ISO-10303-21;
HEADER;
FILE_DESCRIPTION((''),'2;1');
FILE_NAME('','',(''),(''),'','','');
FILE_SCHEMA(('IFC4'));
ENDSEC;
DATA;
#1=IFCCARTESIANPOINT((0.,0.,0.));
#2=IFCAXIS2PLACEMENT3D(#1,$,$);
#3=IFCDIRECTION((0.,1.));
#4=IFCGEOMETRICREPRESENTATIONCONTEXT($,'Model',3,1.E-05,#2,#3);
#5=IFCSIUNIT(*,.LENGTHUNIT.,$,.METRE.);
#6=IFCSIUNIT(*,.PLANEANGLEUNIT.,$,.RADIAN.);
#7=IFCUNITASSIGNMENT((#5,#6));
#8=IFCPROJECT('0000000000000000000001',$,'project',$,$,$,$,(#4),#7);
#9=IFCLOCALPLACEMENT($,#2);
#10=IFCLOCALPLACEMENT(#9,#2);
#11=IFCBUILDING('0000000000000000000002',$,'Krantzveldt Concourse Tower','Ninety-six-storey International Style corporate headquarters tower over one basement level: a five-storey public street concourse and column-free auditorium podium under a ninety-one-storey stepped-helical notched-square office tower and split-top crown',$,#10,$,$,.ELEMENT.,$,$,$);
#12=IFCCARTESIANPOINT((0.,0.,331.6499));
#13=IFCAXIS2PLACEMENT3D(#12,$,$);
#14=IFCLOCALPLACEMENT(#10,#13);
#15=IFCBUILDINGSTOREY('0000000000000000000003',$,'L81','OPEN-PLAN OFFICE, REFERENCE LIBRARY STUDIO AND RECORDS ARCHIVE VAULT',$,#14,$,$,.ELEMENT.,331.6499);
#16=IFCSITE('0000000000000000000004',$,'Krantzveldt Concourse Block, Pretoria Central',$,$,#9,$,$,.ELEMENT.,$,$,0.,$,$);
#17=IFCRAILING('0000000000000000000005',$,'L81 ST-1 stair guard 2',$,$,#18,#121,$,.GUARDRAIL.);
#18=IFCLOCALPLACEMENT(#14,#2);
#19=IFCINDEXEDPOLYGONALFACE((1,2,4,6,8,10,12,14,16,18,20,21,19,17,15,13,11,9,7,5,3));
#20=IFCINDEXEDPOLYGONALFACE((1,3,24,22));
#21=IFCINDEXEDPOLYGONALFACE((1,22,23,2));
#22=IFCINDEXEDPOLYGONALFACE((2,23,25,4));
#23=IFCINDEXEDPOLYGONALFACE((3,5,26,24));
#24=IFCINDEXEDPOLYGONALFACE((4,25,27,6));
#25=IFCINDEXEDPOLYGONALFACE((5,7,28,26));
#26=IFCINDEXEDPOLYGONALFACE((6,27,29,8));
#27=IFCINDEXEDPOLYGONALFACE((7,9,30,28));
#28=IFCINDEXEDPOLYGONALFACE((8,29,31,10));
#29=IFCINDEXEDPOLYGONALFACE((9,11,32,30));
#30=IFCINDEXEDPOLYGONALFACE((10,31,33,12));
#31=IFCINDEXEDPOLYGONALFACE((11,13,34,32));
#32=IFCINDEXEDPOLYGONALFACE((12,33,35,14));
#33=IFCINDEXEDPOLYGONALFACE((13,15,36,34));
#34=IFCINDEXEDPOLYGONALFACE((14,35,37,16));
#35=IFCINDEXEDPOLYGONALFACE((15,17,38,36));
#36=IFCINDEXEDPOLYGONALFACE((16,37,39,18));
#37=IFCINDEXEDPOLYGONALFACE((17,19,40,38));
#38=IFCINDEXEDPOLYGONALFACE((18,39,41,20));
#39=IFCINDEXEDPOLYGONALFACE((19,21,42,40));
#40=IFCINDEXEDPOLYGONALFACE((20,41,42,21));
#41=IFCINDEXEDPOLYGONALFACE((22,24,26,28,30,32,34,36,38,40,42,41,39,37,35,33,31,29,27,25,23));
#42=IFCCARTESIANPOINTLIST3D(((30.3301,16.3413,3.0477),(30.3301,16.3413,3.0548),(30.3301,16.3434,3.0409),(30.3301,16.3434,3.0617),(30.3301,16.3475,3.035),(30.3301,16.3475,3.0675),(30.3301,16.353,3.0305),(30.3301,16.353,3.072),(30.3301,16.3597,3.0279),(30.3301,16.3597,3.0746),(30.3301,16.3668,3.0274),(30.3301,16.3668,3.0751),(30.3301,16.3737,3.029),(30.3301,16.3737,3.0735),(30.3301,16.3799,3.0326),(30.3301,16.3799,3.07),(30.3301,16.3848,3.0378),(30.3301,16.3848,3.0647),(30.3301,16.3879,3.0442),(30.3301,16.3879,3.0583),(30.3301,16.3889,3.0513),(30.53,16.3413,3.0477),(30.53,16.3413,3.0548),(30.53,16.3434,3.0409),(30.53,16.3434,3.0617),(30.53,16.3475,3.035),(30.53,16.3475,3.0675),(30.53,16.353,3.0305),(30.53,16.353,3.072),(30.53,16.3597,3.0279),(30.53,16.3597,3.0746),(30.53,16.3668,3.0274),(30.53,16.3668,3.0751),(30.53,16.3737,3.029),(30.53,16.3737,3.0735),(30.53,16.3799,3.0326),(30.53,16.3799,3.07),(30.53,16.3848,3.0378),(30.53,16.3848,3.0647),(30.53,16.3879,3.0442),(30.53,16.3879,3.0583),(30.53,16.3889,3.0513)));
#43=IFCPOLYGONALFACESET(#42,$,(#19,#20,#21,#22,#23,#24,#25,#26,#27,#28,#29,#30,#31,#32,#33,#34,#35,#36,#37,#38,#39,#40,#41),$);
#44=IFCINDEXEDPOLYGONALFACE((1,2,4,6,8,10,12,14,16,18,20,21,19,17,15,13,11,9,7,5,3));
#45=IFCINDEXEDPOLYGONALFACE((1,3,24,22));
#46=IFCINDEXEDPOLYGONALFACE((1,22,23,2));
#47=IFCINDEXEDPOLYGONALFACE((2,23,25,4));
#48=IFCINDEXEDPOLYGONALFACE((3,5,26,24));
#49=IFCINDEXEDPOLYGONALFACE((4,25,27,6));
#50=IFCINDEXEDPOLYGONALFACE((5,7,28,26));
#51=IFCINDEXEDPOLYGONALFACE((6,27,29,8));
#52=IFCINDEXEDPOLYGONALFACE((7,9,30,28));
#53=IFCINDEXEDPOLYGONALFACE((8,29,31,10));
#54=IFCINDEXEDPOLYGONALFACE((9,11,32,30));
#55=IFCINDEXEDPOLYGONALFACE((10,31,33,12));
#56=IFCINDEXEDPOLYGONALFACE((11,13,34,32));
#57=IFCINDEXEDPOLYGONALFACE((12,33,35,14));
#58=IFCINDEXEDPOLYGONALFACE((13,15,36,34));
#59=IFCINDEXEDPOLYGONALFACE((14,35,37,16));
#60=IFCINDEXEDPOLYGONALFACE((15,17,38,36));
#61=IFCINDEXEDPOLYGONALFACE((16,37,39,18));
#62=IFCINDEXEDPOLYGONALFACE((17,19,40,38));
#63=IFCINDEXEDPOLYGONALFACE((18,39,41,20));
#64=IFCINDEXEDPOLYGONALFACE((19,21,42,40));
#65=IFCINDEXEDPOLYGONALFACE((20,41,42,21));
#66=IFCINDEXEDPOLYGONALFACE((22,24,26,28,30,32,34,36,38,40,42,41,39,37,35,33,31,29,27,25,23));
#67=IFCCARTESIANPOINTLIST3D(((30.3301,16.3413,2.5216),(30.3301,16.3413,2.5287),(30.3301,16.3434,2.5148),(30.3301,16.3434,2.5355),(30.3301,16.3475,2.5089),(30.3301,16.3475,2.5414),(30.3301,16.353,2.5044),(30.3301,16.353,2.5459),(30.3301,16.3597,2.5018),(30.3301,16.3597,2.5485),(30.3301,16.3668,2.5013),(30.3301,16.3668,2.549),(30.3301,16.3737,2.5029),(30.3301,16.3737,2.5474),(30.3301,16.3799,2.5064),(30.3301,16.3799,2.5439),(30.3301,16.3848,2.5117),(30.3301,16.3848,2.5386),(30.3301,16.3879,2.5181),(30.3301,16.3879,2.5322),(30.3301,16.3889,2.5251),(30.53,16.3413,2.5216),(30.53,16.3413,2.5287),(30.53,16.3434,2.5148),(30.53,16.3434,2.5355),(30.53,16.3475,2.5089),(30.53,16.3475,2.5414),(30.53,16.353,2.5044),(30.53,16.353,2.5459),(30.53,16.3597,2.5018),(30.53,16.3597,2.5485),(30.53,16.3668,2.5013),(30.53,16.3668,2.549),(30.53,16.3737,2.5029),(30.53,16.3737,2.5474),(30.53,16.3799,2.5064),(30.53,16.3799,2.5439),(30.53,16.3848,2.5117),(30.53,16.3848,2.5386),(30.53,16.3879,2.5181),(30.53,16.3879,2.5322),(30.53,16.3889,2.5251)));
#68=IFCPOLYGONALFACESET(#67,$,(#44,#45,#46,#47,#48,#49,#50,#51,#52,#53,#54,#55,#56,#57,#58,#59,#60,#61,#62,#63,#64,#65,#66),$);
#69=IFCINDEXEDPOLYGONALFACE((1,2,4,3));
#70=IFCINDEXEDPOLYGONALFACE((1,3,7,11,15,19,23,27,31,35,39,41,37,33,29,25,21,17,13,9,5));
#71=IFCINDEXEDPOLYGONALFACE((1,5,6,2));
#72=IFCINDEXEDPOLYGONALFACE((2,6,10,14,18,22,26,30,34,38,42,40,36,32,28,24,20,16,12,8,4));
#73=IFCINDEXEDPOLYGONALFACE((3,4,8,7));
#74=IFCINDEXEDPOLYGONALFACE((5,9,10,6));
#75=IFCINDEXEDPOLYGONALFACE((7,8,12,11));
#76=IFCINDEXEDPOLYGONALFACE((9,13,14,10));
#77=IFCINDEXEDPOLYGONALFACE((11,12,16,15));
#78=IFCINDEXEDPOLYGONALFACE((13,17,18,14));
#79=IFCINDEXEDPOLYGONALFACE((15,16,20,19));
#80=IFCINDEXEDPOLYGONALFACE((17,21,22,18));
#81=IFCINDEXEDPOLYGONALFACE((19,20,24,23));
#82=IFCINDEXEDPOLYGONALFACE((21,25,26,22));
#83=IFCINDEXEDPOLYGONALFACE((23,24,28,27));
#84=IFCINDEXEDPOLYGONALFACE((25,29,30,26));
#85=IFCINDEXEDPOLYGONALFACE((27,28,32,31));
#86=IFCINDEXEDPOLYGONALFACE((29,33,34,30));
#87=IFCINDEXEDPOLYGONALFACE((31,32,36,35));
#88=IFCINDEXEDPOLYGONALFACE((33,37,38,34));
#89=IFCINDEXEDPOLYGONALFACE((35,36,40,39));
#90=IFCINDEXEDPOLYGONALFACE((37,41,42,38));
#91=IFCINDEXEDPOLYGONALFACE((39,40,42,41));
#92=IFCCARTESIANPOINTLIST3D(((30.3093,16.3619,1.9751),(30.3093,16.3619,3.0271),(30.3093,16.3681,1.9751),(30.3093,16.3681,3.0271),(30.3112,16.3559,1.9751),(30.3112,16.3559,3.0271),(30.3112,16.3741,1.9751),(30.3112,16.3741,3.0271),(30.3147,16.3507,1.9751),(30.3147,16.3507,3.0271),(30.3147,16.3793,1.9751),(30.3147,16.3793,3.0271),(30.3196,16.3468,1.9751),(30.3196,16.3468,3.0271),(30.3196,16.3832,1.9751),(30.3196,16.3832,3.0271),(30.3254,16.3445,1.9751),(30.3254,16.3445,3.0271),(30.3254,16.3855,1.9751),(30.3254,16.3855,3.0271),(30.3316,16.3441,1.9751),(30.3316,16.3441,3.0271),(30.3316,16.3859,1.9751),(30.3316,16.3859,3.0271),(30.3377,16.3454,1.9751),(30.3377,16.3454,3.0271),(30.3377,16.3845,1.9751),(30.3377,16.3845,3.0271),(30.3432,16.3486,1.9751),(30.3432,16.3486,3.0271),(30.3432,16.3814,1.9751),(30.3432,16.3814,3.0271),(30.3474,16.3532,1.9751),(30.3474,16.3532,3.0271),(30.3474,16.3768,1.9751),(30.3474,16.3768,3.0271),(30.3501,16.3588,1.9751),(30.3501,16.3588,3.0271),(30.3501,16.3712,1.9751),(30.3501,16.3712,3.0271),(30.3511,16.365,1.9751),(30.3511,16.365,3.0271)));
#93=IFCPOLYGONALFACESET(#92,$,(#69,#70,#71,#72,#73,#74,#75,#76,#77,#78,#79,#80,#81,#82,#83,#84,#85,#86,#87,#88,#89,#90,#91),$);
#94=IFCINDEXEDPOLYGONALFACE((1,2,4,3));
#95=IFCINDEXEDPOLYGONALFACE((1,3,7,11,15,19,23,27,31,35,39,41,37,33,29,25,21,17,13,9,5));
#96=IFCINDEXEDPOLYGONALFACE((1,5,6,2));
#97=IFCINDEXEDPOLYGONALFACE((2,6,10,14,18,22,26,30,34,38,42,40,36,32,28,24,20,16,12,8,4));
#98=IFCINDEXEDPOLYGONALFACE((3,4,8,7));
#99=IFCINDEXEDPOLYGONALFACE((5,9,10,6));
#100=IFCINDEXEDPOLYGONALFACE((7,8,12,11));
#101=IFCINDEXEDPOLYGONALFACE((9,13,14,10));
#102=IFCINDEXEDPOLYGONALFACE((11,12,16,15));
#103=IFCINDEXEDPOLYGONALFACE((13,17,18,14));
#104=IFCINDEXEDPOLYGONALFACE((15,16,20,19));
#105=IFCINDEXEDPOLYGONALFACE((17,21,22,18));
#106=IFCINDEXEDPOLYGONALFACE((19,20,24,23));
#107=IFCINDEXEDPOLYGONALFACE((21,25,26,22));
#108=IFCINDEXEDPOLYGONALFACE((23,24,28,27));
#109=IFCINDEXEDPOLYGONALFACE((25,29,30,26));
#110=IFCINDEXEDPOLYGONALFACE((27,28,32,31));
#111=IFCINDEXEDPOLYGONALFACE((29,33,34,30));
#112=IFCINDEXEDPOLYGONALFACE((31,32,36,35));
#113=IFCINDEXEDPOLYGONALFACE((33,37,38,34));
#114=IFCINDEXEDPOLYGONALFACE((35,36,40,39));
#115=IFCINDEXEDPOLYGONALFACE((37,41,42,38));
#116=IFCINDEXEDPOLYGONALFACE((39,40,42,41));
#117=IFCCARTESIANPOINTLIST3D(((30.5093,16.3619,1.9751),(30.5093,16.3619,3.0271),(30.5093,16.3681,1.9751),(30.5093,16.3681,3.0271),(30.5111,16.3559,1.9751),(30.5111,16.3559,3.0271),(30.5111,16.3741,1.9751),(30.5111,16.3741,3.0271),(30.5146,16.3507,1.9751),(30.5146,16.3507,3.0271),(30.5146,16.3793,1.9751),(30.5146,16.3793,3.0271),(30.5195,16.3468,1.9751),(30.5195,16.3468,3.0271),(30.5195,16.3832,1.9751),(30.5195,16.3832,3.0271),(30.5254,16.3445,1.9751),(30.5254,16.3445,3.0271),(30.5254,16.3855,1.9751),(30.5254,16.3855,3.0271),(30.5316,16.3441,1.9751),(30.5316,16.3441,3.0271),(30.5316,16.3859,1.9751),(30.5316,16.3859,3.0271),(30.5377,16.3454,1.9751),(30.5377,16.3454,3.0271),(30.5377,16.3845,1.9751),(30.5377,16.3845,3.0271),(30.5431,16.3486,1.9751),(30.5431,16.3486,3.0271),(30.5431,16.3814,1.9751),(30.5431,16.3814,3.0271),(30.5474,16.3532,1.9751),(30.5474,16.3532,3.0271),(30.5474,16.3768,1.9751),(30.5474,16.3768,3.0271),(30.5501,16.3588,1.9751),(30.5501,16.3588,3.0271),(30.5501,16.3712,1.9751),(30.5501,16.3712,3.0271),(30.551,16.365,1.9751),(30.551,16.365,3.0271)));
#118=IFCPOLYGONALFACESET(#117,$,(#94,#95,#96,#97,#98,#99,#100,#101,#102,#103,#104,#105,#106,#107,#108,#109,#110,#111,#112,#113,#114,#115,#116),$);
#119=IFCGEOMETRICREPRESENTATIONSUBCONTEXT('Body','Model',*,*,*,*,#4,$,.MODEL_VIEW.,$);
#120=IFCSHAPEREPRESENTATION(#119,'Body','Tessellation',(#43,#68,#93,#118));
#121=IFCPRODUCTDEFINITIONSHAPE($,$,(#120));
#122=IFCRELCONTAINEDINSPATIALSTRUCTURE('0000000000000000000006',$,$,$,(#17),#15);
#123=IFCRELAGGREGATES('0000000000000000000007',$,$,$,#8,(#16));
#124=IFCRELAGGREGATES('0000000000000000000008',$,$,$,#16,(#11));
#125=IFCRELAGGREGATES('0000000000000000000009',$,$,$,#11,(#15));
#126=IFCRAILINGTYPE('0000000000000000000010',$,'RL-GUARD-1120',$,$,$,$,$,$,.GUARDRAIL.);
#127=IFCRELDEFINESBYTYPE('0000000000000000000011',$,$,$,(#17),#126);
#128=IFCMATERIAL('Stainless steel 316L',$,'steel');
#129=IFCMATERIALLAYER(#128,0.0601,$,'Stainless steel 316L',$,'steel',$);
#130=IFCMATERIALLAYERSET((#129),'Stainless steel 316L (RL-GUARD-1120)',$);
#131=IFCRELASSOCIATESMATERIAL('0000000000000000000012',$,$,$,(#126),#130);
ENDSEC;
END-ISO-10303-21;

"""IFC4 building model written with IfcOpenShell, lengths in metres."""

from ifc_helpers import new_model, si_unit, direction, frame, origin, origin_2d, place, context, subcontext, project, spatial, circle, extrude, material, layer, layer_set, type_object, element, save


model = new_model("IFC4")

# Units and contexts
model_context = context("Model", 3, precision=1e-05, world=origin(), true_north=direction((0.0, 1.0)))
body_context = subcontext(model_context, "Body", "Model", "MODEL_VIEW")
ifc_project = project(units=[si_unit("LENGTHUNIT", "METRE"), si_unit("PLANEANGLEUNIT", "RADIAN")], contexts=[model_context])

# Site, building, storey
site_placement = place(None, origin())
site = spatial("IfcSite", under=ifc_project, at=site_placement, Name="Krantzveldt Concourse Block, Pretoria Central", CompositionType="ELEMENT", RefElevation=0.0)
building_placement = place(site_placement, origin())
building = spatial("IfcBuilding", under=site, at=building_placement, Name="Krantzveldt Concourse Tower", Description="Ninety-six-storey International Style corporate headquarters tower over one basement level: a five-storey public street concourse and column-free auditorium podium under a ninety-one-storey stepped-helical notched-square office tower and split-top crown", CompositionType="ELEMENT")
storey_placement = place(building_placement, frame((0.0, 0.0, 331.6499)))
storey = spatial("IfcBuildingStorey", under=building, at=storey_placement, Name="L81", Description="OPEN-PLAN OFFICE, REFERENCE LIBRARY STUDIO AND RECORDS ARCHIVE VAULT", CompositionType="ELEMENT", Elevation=331.6499)

# Shared definitions
ifc_material_1 = material(Name="Stainless steel 316L", Category="steel")

# Railing
ifc_layer_1 = layer(ifc_material_1, 0.0601, Name="Stainless steel 316L", Category="steel")
ifc_layer_set_1 = layer_set([ifc_layer_1], Name="Stainless steel 316L (RL-GUARD-1120)")
railing_type_1 = type_object("IfcRailingType", Name="RL-GUARD-1120", PredefinedType="GUARDRAIL", material=ifc_layer_set_1)
railing_1_placement = place(storey_placement, frame((30.3301, 16.365, 1.9751)))
element("IfcRailing", 1, at=railing_1_placement, inside=storey, type_object=railing_type_1, Name="L81 ST-1 stair guard 2", PredefinedType="GUARDRAIL", context=body_context, shape_type="SweptSolid", body=[
    extrude(circle(Radius=0.0239, at=origin_2d()), frame((0.0, 0.0, 1.0762), z_axis=(1.0, 0.0, 0.0), x_axis=(0.0, 1.0, 0.0)), (0.0, 0.0, 1.0), 0.2),
    extrude(circle(Radius=0.0239, at=origin_2d()), frame((0.0, 0.0, 0.55), z_axis=(1.0, 0.0, 0.0), x_axis=(0.0, 1.0, 0.0)), (0.0, 0.0, 1.0), 0.2),
    extrude(circle(Radius=0.021, at=origin_2d()), origin(), (0.0, 0.0, 1.0), 1.052),
    extrude(circle(Radius=0.021, at=origin_2d()), frame((0.2, 0.0, 0.0)), (0.0, 0.0, 1.0), 1.052),
])

save(model, "model.ifc")
